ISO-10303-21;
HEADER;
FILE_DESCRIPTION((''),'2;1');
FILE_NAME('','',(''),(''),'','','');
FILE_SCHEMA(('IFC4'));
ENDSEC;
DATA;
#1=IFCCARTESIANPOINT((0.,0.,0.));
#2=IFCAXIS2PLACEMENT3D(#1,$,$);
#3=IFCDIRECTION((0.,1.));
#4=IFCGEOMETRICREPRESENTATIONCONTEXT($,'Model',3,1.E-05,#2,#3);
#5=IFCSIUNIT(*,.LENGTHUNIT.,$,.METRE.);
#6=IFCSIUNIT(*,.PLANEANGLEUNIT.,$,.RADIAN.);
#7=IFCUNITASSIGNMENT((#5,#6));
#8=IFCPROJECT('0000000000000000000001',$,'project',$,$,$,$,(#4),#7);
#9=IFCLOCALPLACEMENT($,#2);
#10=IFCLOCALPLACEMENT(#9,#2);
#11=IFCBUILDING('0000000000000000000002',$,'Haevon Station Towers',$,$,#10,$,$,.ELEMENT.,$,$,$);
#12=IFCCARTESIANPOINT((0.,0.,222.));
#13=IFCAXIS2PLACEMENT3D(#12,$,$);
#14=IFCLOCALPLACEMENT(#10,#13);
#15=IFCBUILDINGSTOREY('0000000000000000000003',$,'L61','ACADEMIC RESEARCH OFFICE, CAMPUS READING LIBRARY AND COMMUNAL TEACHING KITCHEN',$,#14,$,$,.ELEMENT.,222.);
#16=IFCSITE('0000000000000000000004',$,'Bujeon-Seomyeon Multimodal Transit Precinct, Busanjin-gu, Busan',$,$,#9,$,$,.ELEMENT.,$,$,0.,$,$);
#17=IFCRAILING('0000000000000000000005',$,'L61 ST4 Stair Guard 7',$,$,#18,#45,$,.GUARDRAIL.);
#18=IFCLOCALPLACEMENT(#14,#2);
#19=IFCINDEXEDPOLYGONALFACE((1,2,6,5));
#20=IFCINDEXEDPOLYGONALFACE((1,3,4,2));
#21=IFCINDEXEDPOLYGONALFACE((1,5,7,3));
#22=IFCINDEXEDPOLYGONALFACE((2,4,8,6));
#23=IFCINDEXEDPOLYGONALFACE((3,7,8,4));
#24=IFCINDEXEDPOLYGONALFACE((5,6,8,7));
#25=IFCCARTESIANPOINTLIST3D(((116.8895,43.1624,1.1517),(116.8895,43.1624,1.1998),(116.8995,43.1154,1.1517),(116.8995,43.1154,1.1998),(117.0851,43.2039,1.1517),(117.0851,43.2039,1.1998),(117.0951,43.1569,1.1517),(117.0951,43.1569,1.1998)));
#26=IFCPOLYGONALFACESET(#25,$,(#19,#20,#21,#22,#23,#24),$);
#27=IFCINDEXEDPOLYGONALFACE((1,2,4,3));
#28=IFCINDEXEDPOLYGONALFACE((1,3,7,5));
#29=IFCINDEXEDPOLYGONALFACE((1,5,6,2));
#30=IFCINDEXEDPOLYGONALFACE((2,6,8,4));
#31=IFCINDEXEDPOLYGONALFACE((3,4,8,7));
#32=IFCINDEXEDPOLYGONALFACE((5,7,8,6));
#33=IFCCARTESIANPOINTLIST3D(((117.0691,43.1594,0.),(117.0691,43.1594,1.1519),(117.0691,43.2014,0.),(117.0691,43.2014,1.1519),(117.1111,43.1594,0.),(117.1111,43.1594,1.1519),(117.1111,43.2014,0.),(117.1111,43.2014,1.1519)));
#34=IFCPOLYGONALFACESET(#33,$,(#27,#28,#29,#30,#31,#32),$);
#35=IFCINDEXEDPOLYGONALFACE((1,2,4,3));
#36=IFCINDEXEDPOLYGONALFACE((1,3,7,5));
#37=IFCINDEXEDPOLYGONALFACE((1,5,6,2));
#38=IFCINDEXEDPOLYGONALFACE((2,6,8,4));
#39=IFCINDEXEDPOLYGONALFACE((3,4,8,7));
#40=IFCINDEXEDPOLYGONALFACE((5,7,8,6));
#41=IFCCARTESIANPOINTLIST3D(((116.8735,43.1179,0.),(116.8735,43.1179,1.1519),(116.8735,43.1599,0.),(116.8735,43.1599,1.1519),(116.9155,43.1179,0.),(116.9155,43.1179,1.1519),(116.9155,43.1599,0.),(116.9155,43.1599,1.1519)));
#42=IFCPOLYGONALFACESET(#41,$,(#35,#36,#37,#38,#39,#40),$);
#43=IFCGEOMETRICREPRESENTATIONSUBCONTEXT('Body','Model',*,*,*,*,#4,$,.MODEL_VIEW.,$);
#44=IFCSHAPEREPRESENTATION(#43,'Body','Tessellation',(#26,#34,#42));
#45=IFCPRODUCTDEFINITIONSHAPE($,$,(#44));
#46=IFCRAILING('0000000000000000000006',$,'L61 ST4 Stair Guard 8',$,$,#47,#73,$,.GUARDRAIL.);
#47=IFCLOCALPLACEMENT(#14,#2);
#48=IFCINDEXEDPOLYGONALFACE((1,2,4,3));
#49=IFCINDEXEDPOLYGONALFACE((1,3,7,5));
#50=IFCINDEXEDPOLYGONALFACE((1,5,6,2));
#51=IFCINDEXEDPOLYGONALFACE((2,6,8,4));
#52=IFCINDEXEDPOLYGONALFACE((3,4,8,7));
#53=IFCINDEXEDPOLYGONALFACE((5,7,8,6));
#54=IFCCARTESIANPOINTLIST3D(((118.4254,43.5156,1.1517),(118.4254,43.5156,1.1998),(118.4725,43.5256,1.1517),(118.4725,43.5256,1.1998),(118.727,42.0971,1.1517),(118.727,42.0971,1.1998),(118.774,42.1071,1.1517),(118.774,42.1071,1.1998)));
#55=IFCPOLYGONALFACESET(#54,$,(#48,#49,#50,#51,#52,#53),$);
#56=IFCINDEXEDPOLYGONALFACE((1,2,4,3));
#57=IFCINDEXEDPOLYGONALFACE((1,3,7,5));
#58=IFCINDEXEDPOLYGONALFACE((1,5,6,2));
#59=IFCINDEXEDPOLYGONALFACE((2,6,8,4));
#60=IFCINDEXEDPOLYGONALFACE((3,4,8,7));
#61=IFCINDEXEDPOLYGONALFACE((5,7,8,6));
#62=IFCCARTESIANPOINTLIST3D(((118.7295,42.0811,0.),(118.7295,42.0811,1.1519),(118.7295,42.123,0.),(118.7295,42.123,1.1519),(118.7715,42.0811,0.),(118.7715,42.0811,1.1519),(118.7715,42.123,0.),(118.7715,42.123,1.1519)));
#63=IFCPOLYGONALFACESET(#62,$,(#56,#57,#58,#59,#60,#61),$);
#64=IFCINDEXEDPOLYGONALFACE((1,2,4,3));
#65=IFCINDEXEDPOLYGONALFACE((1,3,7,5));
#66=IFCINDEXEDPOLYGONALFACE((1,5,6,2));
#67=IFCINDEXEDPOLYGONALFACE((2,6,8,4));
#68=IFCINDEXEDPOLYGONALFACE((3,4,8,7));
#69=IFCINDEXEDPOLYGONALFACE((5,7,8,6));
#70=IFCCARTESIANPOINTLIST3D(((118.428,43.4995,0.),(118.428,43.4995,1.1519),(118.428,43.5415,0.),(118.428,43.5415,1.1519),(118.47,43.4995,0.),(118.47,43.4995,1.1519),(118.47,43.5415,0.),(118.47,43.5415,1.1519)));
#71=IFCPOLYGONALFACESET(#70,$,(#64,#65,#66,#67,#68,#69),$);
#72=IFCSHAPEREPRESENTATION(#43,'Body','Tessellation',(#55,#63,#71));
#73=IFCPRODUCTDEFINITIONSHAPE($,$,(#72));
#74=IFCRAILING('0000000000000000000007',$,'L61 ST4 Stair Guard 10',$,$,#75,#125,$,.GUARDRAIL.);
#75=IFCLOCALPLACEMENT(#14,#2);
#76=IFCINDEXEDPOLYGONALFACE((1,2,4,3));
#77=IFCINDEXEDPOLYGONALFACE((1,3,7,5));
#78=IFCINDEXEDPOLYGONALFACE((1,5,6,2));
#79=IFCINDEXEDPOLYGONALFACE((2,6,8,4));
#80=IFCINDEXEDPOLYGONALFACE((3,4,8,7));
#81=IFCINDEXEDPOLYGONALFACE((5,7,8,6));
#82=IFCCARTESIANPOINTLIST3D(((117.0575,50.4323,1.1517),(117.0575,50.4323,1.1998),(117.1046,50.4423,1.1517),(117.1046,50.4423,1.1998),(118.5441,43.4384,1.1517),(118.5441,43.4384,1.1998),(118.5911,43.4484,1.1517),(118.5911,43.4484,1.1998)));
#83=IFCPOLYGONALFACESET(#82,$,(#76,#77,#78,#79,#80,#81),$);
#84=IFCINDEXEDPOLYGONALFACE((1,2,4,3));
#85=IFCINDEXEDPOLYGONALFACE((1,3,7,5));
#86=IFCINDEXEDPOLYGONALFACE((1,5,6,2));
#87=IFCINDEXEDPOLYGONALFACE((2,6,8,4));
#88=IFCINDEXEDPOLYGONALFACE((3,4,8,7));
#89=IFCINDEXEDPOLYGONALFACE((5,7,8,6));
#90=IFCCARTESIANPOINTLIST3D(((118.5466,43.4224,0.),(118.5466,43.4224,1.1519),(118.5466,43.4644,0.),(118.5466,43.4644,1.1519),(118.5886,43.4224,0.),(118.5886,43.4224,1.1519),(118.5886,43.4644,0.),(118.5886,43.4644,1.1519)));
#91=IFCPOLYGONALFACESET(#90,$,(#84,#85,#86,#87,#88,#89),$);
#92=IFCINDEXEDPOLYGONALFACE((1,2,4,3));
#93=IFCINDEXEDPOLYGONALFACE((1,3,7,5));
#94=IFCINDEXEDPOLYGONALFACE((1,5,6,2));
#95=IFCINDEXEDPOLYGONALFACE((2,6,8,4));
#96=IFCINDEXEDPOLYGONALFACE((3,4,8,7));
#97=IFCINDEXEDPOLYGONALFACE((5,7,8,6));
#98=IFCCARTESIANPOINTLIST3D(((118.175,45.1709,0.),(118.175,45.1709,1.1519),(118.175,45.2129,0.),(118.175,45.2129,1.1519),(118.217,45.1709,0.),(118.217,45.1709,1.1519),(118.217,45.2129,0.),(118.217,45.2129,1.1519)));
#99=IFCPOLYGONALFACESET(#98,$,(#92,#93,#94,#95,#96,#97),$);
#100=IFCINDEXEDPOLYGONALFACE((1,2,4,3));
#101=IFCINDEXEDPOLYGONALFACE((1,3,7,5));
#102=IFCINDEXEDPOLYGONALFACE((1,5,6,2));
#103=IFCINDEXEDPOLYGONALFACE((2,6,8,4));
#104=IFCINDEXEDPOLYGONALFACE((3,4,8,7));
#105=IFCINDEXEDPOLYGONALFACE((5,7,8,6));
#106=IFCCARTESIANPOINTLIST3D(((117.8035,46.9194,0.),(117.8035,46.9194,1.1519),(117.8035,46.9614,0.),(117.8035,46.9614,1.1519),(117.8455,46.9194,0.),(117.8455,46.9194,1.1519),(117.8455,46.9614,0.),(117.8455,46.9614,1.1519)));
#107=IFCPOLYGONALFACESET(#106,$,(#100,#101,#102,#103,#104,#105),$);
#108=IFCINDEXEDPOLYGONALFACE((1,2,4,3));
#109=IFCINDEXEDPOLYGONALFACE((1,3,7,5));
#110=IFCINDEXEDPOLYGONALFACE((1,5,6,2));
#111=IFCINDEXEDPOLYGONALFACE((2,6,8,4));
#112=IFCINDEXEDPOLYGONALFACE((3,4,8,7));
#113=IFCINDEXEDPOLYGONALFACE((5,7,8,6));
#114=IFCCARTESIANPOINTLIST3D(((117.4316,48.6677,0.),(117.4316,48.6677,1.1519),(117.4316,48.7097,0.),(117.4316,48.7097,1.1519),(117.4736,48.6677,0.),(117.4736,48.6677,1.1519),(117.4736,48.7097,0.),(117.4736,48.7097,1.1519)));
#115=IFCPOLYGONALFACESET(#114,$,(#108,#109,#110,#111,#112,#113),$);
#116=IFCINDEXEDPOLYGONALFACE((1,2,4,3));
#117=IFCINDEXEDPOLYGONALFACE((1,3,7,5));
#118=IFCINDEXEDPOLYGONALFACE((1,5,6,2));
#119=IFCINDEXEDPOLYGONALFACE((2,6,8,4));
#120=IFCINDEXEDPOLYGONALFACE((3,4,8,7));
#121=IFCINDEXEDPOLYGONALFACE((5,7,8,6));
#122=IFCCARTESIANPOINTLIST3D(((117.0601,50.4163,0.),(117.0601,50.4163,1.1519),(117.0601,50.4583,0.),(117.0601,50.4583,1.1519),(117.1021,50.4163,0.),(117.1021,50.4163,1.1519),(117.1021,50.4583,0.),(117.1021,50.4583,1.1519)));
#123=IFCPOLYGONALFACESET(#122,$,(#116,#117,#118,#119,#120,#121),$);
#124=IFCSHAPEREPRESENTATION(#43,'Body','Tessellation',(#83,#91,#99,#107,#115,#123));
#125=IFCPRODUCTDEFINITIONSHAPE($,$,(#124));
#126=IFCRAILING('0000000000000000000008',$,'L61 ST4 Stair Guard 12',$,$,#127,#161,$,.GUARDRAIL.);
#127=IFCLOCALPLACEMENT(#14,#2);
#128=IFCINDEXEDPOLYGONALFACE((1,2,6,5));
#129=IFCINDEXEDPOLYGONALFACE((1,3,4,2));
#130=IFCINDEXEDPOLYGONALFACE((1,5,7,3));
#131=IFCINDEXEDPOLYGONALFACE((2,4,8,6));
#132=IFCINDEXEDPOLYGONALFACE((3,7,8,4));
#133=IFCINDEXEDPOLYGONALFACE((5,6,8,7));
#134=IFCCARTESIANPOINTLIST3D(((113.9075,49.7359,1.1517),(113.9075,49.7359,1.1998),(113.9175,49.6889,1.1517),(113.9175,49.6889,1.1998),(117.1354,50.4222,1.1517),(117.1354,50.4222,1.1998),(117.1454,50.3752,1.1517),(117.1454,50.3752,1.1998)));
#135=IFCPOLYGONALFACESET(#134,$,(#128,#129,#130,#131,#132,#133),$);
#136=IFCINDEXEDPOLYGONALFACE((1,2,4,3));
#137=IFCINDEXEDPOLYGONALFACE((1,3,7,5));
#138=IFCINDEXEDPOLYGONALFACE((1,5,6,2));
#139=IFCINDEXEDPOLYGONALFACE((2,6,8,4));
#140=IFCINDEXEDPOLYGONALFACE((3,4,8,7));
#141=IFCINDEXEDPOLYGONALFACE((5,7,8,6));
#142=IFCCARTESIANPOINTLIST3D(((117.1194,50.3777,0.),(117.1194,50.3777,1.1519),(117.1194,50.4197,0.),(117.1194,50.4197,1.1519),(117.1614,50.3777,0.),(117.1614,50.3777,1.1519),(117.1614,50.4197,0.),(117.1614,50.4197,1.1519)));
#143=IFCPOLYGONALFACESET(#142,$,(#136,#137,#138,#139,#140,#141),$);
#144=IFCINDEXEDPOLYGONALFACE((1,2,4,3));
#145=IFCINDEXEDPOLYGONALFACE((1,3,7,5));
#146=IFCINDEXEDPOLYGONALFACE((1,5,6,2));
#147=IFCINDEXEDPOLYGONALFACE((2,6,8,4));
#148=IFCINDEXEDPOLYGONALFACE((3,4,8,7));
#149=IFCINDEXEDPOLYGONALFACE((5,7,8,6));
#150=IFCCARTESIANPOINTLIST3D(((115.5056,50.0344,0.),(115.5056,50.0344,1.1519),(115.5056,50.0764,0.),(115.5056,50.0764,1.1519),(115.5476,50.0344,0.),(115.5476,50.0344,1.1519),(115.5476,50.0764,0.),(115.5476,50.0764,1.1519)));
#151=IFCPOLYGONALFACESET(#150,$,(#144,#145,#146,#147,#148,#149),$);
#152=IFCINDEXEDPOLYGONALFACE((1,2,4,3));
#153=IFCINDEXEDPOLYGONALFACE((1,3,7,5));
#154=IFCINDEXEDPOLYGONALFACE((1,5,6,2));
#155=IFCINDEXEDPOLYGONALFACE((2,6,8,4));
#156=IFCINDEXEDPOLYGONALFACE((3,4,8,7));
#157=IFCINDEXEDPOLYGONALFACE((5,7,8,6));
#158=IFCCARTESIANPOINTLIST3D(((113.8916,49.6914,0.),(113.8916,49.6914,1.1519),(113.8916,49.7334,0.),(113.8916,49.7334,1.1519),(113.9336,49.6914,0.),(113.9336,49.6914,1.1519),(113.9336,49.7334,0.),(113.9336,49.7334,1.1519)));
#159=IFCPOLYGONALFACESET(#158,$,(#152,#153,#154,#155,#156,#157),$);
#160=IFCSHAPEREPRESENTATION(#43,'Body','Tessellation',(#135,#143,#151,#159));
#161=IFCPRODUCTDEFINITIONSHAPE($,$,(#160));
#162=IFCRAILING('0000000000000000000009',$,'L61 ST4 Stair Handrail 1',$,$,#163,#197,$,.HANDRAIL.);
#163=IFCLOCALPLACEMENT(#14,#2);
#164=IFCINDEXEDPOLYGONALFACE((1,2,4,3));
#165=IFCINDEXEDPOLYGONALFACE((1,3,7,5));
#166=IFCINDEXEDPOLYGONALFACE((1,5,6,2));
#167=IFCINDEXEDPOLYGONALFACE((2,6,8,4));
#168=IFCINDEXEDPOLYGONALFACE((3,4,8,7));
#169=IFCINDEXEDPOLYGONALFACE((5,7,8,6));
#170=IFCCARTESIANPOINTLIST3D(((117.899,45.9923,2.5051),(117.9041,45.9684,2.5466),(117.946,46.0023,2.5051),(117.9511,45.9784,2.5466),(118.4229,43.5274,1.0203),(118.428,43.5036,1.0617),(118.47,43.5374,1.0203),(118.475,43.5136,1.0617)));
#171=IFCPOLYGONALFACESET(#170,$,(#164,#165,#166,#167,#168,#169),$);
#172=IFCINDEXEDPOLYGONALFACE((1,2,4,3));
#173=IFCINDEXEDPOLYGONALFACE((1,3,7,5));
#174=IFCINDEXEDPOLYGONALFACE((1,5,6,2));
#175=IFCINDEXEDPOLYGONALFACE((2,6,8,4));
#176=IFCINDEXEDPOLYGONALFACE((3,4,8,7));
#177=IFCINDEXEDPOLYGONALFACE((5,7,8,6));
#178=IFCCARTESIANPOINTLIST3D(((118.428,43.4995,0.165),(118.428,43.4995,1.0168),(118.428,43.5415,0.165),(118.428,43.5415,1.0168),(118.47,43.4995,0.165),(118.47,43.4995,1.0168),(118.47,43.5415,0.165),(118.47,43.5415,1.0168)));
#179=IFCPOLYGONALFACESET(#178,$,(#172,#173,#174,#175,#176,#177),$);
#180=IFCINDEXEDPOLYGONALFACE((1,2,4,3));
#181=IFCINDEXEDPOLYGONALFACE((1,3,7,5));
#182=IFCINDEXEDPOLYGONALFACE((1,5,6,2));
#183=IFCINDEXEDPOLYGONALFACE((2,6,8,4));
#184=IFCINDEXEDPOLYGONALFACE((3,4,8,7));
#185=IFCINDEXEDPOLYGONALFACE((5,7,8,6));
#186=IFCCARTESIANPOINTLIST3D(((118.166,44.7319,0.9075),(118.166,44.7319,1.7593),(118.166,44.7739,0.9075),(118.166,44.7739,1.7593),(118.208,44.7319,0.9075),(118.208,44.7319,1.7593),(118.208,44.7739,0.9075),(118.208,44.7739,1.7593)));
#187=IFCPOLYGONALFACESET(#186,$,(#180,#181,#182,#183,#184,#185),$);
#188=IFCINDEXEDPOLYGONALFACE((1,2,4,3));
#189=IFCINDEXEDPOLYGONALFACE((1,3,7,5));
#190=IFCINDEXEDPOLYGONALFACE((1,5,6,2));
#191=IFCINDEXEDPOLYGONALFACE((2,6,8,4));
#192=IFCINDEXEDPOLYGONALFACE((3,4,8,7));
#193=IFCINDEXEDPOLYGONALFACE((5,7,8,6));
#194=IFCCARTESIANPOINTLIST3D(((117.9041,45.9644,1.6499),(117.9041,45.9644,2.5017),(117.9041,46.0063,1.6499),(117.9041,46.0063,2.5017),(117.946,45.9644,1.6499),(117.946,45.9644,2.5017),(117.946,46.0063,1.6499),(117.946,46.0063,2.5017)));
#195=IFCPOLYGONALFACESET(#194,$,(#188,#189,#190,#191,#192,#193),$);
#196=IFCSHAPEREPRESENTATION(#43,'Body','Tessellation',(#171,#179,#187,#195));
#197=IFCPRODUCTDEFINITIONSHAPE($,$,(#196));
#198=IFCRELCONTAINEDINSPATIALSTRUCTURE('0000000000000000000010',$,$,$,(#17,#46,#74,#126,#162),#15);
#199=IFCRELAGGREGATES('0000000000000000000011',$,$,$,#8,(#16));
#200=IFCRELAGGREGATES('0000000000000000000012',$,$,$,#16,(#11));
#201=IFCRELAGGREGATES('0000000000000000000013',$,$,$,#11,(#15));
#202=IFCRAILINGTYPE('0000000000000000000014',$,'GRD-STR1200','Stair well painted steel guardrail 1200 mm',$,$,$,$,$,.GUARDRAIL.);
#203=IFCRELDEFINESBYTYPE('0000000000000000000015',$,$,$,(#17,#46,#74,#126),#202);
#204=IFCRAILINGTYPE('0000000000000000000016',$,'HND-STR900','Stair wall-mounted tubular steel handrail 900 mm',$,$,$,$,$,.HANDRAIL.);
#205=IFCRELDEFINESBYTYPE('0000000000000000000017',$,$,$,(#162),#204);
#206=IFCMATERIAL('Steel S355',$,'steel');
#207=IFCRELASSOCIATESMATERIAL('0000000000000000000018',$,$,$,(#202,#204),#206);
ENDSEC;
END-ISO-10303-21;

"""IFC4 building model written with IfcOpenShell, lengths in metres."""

from ifc_helpers import new_model, si_unit, direction, frame, origin, origin_2d, place, context, subcontext, project, spatial, rectangle, extrude, material, type_object, element, save


model = new_model("IFC4")

# Units and contexts
model_context = context("Model", 3, precision=1e-05, world=origin(), true_north=direction((0.0, 1.0)))
body_context = subcontext(model_context, "Body", "Model", "MODEL_VIEW")
ifc_project = project(units=[si_unit("LENGTHUNIT", "METRE"), si_unit("PLANEANGLEUNIT", "RADIAN")], contexts=[model_context])

# Site, building, storey
site_placement = place(None, origin())
site = spatial("IfcSite", under=ifc_project, at=site_placement, Name="Bujeon-Seomyeon Multimodal Transit Precinct, Busanjin-gu, Busan", CompositionType="ELEMENT", RefElevation=0.0)
building_placement = place(site_placement, origin())
building = spatial("IfcBuilding", under=site, at=building_placement, Name="Haevon Station Towers", CompositionType="ELEMENT")
storey_placement = place(building_placement, frame((0.0, 0.0, 222.0)))
storey = spatial("IfcBuildingStorey", under=building, at=storey_placement, Name="L61", Description="ACADEMIC RESEARCH OFFICE, CAMPUS READING LIBRARY AND COMMUNAL TEACHING KITCHEN", CompositionType="ELEMENT", Elevation=222.0)

# Shared definitions
ifc_material_1 = material(Name="Steel S355", Category="steel")

# Railings
railing_type_1 = type_object("IfcRailingType", Name="GRD-STR1200", Description="Stair well painted steel guardrail 1200 mm", PredefinedType="GUARDRAIL", material=ifc_material_1)
railing_1_placement = place(storey_placement, frame((117.0901, 43.1804, 0.0)))
element("IfcRailing", 1, at=railing_1_placement, inside=storey, type_object=railing_type_1, Name="L61 ST4 Stair Guard 7", PredefinedType="GUARDRAIL", context=body_context, shape_type="SweptSolid", body=[
    extrude(rectangle(XDim=0.0481, YDim=0.0481, at=origin_2d()), frame((0.0, 0.0, 1.1758), z_axis=(-0.978212, -0.20761, 0.0), x_axis=(0.20761, -0.978212, 0.0)), (0.0, 0.0, 1.0), 0.2),
    extrude(rectangle(XDim=0.042, YDim=0.042, at=origin_2d()), origin(), (0.0, 0.0, 1.0), 1.1519),
    extrude(rectangle(XDim=0.042, YDim=0.042, at=origin_2d()), frame((-0.1956, -0.0415, 0.0)), (0.0, 0.0, 1.0), 1.1519),
])
railing_2_placement = place(storey_placement, frame((118.7505, 42.1021, 0.0)))
element("IfcRailing", 2, at=railing_2_placement, inside=storey, type_object=railing_type_1, Name="L61 ST4 Stair Guard 8", PredefinedType="GUARDRAIL", context=body_context, shape_type="SweptSolid", body=[
    extrude(rectangle(XDim=0.0481, YDim=0.0481, at=origin_2d()), frame((0.0, 0.0, 1.1758), z_axis=(-0.207919, 0.978146, 0.0), x_axis=(-0.978146, -0.207919, 0.0)), (0.0, 0.0, 1.0), 1.4502),
    extrude(rectangle(XDim=0.042, YDim=0.042, at=origin_2d()), origin(), (0.0, 0.0, 1.0), 1.1519),
    extrude(rectangle(XDim=0.042, YDim=0.042, at=origin_2d()), frame((-0.3015, 1.4185, 0.0)), (0.0, 0.0, 1.0), 1.1519),
])
railing_3_placement = place(storey_placement, frame((118.5676, 43.4434, 0.0)))
element("IfcRailing", 3, at=railing_3_placement, inside=storey, type_object=railing_type_1, Name="L61 ST4 Stair Guard 10", PredefinedType="GUARDRAIL", context=body_context, shape_type="SweptSolid", body=[
    extrude(rectangle(XDim=0.0481, YDim=0.0481, at=origin_2d()), frame((0.0, 0.0, 1.1758), z_axis=(-0.207908, 0.978148, 0.0), x_axis=(-0.978148, -0.207908, 0.0)), (0.0, 0.0, 1.0), 7.1501),
    extrude(rectangle(XDim=0.042, YDim=0.042, at=origin_2d()), origin(), (0.0, 0.0, 1.0), 1.1519),
    extrude(rectangle(XDim=0.042, YDim=0.042, at=origin_2d()), frame((-0.3716, 1.7485, 0.0)), (0.0, 0.0, 1.0), 1.1519),
    extrude(rectangle(XDim=0.042, YDim=0.042, at=origin_2d()), frame((-0.7432, 3.4971, 0.0)), (0.0, 0.0, 1.0), 1.1519),
    extrude(rectangle(XDim=0.042, YDim=0.042, at=origin_2d()), frame((-1.115, 5.2454, 0.0)), (0.0, 0.0, 1.0), 1.1519),
    extrude(rectangle(XDim=0.042, YDim=0.042, at=origin_2d()), frame((-1.4866, 6.9939, 0.0)), (0.0, 0.0, 1.0), 1.1519),
])
railing_4_placement = place(storey_placement, frame((117.1404, 50.3987, 0.0)))
element("IfcRailing", 4, at=railing_4_placement, inside=storey, type_object=railing_type_1, Name="L61 ST4 Stair Guard 12", PredefinedType="GUARDRAIL", context=body_context, shape_type="SweptSolid", body=[
    extrude(rectangle(XDim=0.0481, YDim=0.0481, at=origin_2d()), frame((0.0, 0.0, 1.1758), z_axis=(-0.978136, -0.207968, 0.0), x_axis=(0.207968, -0.978136, 0.0)), (0.0, 0.0, 1.0), 3.3),
    extrude(rectangle(XDim=0.042, YDim=0.042, at=origin_2d()), origin(), (0.0, 0.0, 1.0), 1.1519),
    extrude(rectangle(XDim=0.042, YDim=0.042, at=origin_2d()), frame((-1.6138, -0.3433, 0.0)), (0.0, 0.0, 1.0), 1.1519),
    extrude(rectangle(XDim=0.042, YDim=0.042, at=origin_2d()), frame((-3.2278, -0.6863, 0.0)), (0.0, 0.0, 1.0), 1.1519),
])
railing_type_2 = type_object("IfcRailingType", Name="HND-STR900", Description="Stair wall-mounted tubular steel handrail 900 mm", PredefinedType="HANDRAIL", material=ifc_material_1)
railing_5_placement = place(storey_placement, frame((118.449, 43.5205, 0.165)))
element("IfcRailing", 5, at=railing_5_placement, inside=storey, type_object=railing_type_2, Name="L61 ST4 Stair Handrail 1", PredefinedType="HANDRAIL", context=body_context, shape_type="SweptSolid", body=[
    extrude(rectangle(XDim=0.0481, YDim=0.0481, at=origin_2d()), frame((0.0, 0.0, 0.876), z_axis=(-0.179129, 0.842724, 0.507671), x_axis=(-0.978147, -0.207914, 0.0)), (0.0, 0.0, 1.0), 2.9248),
    extrude(rectangle(XDim=0.042, YDim=0.042, at=origin_2d()), origin(), (0.0, 0.0, 1.0), 0.8518),
    extrude(rectangle(XDim=0.042, YDim=0.042, at=origin_2d()), frame((-0.262, 1.2324, 0.7424)), (0.0, 0.0, 1.0), 0.8518),
    extrude(rectangle(XDim=0.042, YDim=0.042, at=origin_2d()), frame((-0.5239, 2.4648, 1.4849)), (0.0, 0.0, 1.0), 0.8518),
])

save(model, "model.ifc")
